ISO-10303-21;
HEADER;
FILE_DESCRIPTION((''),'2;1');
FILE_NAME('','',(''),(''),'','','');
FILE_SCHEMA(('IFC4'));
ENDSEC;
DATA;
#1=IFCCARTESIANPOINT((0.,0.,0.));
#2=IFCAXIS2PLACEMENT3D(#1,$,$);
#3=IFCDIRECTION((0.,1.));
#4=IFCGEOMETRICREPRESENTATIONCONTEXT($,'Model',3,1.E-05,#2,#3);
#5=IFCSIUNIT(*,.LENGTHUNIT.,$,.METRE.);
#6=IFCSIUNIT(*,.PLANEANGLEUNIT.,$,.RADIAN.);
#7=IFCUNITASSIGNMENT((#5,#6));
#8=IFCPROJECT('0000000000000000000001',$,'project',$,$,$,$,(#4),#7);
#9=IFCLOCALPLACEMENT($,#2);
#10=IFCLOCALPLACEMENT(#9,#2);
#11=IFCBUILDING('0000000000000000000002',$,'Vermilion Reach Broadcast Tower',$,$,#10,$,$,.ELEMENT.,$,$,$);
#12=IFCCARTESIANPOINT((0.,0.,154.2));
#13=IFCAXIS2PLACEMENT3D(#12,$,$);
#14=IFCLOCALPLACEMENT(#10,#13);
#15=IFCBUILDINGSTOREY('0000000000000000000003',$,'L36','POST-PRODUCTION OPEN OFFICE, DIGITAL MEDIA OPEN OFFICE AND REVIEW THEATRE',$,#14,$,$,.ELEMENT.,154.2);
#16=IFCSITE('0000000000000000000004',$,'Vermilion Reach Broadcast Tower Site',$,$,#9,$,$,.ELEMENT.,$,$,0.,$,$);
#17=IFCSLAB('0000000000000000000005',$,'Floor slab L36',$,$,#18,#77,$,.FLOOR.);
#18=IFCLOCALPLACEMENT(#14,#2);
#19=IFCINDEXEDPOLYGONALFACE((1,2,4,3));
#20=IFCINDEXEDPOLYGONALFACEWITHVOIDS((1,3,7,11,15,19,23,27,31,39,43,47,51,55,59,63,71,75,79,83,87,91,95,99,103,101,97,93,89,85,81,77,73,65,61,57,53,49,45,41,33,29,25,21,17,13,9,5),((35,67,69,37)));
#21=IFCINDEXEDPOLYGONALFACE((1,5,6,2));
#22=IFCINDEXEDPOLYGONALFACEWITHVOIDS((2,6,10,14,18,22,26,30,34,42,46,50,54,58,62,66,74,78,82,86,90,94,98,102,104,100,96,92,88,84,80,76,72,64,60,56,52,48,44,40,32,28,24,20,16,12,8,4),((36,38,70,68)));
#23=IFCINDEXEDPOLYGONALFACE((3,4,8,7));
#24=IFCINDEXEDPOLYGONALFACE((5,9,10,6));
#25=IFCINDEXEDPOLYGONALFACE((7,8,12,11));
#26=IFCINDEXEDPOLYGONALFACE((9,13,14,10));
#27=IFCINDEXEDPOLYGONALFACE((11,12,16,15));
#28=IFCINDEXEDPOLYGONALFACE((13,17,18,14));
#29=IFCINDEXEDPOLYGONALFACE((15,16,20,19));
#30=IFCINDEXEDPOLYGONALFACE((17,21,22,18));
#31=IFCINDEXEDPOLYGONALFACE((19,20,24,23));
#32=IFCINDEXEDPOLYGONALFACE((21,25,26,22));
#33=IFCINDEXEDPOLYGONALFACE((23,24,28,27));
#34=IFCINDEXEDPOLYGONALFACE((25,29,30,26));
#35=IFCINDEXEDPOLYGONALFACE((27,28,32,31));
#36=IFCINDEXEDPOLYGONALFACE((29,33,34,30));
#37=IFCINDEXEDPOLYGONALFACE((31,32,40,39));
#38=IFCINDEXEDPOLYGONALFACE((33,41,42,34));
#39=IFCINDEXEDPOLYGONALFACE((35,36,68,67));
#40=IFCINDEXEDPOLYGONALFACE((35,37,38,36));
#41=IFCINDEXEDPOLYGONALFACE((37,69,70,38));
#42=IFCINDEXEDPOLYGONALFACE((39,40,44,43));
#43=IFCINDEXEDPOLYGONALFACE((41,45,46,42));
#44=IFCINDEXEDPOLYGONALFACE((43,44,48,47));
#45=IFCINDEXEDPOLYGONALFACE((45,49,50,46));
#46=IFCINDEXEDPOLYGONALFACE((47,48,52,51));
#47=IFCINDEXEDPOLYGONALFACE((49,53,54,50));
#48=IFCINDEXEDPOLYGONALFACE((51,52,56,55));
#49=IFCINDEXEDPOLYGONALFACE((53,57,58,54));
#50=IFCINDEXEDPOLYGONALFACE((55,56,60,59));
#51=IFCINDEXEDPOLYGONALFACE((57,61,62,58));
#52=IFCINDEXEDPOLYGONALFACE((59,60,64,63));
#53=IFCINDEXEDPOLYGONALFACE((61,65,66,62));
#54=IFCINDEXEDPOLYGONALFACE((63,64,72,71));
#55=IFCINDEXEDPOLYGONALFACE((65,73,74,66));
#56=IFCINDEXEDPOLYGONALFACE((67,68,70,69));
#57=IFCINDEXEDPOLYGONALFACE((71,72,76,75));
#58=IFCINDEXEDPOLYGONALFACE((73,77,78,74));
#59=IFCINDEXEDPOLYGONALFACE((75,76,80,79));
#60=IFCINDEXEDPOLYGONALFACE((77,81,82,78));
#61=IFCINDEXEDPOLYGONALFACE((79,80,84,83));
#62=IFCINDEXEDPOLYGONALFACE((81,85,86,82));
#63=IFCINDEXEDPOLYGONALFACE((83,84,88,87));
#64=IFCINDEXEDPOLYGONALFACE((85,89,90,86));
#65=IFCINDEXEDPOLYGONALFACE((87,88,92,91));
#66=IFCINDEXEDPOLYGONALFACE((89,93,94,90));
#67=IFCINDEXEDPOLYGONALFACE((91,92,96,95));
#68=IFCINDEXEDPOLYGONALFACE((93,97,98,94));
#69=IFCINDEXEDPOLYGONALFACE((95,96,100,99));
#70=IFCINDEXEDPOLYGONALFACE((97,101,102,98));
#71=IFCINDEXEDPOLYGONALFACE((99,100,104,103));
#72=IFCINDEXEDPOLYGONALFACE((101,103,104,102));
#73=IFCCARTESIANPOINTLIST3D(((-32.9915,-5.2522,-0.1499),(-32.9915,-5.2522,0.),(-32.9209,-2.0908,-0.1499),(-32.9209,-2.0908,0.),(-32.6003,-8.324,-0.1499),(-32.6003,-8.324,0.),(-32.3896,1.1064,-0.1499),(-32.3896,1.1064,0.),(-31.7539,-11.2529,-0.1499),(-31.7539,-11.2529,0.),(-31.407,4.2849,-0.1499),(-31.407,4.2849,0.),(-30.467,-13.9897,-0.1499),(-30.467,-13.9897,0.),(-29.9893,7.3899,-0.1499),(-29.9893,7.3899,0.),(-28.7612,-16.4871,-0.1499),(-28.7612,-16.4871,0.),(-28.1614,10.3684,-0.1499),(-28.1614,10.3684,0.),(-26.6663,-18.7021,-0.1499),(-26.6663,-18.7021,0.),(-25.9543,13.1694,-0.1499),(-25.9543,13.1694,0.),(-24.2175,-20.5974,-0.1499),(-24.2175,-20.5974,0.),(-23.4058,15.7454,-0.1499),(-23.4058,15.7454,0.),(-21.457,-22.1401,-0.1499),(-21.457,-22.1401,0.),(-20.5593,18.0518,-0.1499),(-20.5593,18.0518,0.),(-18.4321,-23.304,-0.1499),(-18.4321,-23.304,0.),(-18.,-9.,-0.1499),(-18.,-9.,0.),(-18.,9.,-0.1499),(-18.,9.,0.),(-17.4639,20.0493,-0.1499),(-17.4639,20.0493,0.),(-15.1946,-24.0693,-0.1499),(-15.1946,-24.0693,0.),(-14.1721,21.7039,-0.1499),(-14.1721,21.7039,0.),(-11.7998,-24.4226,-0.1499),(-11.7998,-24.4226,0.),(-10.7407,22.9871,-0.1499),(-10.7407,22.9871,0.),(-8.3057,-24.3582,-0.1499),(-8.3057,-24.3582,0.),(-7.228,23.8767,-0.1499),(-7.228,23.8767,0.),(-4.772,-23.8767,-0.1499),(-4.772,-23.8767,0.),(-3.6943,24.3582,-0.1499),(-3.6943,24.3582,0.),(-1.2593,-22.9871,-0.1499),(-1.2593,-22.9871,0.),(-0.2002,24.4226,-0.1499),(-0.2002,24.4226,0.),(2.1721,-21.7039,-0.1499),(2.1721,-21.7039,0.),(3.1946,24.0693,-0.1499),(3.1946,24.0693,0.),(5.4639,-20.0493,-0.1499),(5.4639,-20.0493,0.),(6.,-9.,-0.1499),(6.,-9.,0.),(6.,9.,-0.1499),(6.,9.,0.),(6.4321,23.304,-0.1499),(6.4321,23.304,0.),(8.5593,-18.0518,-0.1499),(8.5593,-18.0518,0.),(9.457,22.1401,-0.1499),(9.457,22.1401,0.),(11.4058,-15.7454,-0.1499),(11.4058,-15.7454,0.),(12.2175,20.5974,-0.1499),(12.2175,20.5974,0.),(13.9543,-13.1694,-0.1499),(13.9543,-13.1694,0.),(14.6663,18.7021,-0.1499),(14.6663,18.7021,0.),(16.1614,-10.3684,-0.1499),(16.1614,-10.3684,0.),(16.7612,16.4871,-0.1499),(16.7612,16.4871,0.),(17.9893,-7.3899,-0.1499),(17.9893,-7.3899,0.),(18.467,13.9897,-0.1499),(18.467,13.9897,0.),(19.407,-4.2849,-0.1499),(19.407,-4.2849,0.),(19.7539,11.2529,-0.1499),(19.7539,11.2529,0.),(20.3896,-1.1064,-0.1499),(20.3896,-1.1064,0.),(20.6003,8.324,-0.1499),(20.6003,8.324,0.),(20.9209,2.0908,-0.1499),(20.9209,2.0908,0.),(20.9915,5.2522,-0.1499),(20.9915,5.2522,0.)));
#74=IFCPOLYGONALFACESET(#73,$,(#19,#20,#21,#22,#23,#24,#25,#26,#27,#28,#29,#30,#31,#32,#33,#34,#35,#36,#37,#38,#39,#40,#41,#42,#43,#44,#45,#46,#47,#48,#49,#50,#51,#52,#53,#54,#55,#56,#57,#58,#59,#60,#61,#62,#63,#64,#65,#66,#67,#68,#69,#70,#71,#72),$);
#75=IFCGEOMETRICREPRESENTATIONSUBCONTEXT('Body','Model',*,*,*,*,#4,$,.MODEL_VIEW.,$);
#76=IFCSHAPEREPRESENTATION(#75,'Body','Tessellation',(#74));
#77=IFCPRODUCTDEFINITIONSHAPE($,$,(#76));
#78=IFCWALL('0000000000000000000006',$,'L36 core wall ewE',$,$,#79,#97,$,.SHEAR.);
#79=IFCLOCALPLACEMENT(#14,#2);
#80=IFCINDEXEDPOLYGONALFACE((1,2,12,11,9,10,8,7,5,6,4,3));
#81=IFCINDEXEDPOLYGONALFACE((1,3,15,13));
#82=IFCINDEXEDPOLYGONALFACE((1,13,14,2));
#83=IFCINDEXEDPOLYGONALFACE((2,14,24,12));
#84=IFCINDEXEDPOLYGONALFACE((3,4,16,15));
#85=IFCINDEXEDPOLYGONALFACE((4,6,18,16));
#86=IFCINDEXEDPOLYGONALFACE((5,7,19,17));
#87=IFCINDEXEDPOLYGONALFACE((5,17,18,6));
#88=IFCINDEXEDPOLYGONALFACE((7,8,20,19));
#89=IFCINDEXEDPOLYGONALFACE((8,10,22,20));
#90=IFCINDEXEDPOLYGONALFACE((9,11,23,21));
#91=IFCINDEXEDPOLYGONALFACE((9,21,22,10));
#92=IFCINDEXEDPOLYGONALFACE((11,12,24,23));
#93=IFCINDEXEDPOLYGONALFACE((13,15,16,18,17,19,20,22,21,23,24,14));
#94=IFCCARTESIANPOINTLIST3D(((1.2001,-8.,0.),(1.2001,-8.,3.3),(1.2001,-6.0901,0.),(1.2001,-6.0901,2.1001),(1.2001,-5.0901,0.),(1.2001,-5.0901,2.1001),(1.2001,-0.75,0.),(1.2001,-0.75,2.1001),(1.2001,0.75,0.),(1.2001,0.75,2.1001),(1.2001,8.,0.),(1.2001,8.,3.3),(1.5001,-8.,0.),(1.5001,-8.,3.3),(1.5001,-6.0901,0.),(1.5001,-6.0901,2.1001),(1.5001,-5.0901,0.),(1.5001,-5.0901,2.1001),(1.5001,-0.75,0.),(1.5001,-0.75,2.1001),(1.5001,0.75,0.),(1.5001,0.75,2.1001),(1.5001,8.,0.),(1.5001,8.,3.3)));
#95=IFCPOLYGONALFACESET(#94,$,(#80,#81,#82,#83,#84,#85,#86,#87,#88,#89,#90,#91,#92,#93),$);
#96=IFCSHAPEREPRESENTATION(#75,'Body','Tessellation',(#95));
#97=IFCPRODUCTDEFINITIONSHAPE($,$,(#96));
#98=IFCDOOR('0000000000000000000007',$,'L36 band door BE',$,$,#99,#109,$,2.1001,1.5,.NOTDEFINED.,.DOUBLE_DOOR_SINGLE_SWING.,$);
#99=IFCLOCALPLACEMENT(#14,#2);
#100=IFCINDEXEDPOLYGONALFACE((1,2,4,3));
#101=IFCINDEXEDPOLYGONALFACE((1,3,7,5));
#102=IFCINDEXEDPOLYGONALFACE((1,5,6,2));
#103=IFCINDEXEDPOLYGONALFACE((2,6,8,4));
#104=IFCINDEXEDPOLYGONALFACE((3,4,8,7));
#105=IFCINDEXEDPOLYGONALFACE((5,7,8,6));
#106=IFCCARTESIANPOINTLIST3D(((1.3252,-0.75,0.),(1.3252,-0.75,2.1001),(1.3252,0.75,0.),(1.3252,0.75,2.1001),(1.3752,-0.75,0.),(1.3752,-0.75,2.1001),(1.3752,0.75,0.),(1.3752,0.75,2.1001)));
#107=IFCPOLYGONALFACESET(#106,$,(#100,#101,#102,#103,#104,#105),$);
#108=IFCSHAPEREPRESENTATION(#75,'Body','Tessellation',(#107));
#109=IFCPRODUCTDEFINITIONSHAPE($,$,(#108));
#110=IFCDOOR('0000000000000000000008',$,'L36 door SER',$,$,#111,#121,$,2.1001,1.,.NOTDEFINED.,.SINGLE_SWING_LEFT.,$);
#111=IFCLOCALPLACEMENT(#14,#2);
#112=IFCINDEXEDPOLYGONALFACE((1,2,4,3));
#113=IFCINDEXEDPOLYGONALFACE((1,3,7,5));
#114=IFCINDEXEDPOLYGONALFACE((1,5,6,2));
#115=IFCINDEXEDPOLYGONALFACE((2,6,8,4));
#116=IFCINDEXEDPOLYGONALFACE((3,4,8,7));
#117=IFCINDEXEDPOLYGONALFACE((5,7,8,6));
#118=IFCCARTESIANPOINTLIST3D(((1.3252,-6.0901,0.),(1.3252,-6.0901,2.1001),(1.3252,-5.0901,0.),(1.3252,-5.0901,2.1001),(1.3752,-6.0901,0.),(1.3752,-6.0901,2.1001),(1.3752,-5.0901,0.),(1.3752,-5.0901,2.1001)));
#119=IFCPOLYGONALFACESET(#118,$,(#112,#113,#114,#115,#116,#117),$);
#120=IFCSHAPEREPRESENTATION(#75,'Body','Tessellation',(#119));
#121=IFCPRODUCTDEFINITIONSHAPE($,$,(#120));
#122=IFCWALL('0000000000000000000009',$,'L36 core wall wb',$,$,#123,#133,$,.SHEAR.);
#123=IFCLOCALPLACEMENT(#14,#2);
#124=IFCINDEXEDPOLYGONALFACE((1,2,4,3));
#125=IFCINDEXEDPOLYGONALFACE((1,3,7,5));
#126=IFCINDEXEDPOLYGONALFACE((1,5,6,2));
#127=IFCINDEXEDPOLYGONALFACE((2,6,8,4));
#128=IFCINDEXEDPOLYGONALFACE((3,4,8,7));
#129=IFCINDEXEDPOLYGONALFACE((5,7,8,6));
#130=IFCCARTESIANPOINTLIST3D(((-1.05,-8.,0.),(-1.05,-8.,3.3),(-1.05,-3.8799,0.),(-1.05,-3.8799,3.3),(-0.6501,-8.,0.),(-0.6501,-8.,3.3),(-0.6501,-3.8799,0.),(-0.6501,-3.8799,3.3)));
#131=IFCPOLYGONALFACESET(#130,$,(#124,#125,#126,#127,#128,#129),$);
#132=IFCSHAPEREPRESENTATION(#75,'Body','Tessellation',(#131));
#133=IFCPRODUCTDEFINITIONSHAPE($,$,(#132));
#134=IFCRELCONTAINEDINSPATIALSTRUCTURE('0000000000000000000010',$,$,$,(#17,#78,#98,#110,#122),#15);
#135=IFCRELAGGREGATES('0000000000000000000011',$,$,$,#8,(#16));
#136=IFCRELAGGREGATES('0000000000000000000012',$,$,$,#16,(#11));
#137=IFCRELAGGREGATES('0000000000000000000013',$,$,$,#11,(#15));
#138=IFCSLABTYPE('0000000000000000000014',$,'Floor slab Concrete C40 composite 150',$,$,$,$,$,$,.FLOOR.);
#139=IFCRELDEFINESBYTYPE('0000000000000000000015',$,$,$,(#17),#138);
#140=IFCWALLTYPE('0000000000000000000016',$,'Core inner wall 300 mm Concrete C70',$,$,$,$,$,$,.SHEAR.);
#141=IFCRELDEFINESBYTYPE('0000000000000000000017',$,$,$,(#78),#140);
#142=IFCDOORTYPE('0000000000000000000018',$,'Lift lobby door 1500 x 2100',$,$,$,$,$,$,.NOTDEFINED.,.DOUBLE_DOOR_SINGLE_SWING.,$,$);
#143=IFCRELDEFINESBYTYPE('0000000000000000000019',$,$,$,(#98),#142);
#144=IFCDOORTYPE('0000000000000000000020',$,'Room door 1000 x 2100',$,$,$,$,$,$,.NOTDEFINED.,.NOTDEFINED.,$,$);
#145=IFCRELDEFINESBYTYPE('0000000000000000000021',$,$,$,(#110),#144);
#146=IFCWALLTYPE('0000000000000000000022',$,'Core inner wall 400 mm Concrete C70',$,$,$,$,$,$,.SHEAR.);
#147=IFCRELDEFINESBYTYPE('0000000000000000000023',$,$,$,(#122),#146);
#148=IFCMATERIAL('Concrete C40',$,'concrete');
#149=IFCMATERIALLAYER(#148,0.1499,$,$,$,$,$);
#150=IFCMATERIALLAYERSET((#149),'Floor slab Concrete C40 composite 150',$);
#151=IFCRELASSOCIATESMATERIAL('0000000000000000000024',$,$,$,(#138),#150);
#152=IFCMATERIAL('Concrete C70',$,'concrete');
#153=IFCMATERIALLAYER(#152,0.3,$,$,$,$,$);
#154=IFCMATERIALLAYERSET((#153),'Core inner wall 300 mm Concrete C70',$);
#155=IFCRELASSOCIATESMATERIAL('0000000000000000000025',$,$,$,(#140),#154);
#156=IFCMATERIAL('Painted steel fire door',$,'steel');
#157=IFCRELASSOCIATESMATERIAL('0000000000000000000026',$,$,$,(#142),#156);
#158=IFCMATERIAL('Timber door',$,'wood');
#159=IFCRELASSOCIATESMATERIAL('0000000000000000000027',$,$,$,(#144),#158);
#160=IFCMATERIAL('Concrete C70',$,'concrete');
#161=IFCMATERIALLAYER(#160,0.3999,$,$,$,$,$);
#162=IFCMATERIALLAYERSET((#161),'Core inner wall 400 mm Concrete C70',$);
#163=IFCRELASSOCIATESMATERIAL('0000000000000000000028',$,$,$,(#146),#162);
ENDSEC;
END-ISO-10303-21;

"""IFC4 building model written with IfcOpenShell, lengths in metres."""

from ifc_helpers import new_model, si_unit, direction, frame, frame_2d, origin, place, context, subcontext, project, spatial, polyline, rectangle, outline, extrude, material, layer, layer_set, type_object, element, fill, save


model = new_model("IFC4")

# Units and contexts
model_context = context("Model", 3, precision=1e-05, world=origin(), true_north=direction((0.0, 1.0)))
body_context = subcontext(model_context, "Body", "Model", "MODEL_VIEW")
ifc_project = project(units=[si_unit("LENGTHUNIT", "METRE"), si_unit("PLANEANGLEUNIT", "RADIAN")], contexts=[model_context])

# Site, building, storey
site_placement = place(None, origin())
site = spatial("IfcSite", under=ifc_project, at=site_placement, Name="Vermilion Reach Broadcast Tower Site", CompositionType="ELEMENT", RefElevation=0.0)
building_placement = place(site_placement, origin())
building = spatial("IfcBuilding", under=site, at=building_placement, Name="Vermilion Reach Broadcast Tower", CompositionType="ELEMENT")
storey_placement = place(building_placement, frame((0.0, 0.0, 154.2)))
storey = spatial("IfcBuildingStorey", under=building, at=storey_placement, Name="L36", Description="POST-PRODUCTION OPEN OFFICE, DIGITAL MEDIA OPEN OFFICE AND REVIEW THEATRE", CompositionType="ELEMENT", Elevation=154.2)

# Slab
ifc_material_1 = material(Name="Concrete C40", Category="concrete")
ifc_layer_1 = layer(ifc_material_1, 0.1499)
ifc_layer_set_1 = layer_set([ifc_layer_1], Name="Floor slab Concrete C40 composite 150")
slab_type_1 = type_object("IfcSlabType", Name="Floor slab Concrete C40 composite 150", PredefinedType="FLOOR", material=ifc_layer_set_1)
slab_1_placement = place(storey_placement, frame((0.0, 0.0, -0.1499)))
element("IfcSlab", 1, at=slab_1_placement, inside=storey, type_object=slab_type_1, Name="Floor slab L36", PredefinedType="FLOOR", context=body_context, shape_type="SweptSolid", body=[
    extrude(outline(polyline([(18.467, 13.9897), (16.7612, 16.4871), (14.6663, 18.7021), (12.2175, 20.5974), (9.457, 22.1401), (6.4321, 23.304), (3.1946, 24.0693), (-0.2002, 24.4226), (-3.6943, 24.3582), (-7.228, 23.8767), (-10.7407, 22.9871), (-14.1721, 21.7039), (-17.4639, 20.0493), (-20.5593, 18.0518), (-23.4058, 15.7454), (-25.9543, 13.1694), (-28.1614, 10.3684), (-29.9893, 7.3899), (-31.407, 4.2849), (-32.3896, 1.1064), (-32.9209, -2.0908), (-32.9915, -5.2522), (-32.6003, -8.324), (-31.7539, -11.2529), (-30.467, -13.9897), (-28.7612, -16.4871), (-26.6663, -18.7021), (-24.2175, -20.5974), (-21.457, -22.1401), (-18.4321, -23.304), (-15.1946, -24.0693), (-11.7998, -24.4226), (-8.3057, -24.3582), (-4.772, -23.8767), (-1.2593, -22.9871), (2.1721, -21.7039), (5.4639, -20.0493), (8.5593, -18.0518), (11.4058, -15.7454), (13.9543, -13.1694), (16.1614, -10.3684), (17.9893, -7.3899), (19.407, -4.2849), (20.3896, -1.1064), (20.9209, 2.0908), (20.9915, 5.2522), (20.6003, 8.324), (19.7539, 11.2529), (18.467, 13.9897)]), holes=[polyline([(-18.0, -9.0), (6.0, -9.0), (6.0, 9.0), (-18.0, 9.0), (-18.0, -9.0)])]), origin(), (0.0, 0.0, 1.0), 0.1499),
])

# Wall, openings, doors
ifc_material_2 = material(Name="Concrete C70", Category="concrete")
ifc_layer_2 = layer(ifc_material_2, 0.3)
ifc_layer_set_2 = layer_set([ifc_layer_2], Name="Core inner wall 300 mm Concrete C70")
wall_type_1 = type_object("IfcWallType", Name="Core inner wall 300 mm Concrete C70", PredefinedType="SHEAR", material=ifc_layer_set_2)
wall_1_placement = place(storey_placement, frame((1.3501, -8.0, 0.0), z_axis=(0.0, 0.0, 1.0), x_axis=(0.0, 1.0, 0.0)))
wall_1 = element("IfcWall", 2, at=wall_1_placement, inside=storey, type_object=wall_type_1, Name="L36 core wall ewE", PredefinedType="SHEAR", context=body_context, shape_type="SweptSolid", body=[
    extrude(rectangle(XDim=16.0, YDim=0.3, at=frame_2d((8.0, 0.0))), origin(), (0.0, 0.0, 1.0), 3.3),
])
opening_1_placement = place(wall_1_placement, frame((1.9099, 0.0, 0.0)))
opening_1 = element("IfcOpeningElement", 3, at=opening_1_placement, cuts=wall_1, PredefinedType="OPENING", context=body_context, shape_type="SweptSolid", body=[
    extrude(rectangle(XDim=1.0, YDim=2.1001, at=frame_2d((0.5, 1.05))), frame((0.0, 0.1599, 0.0), z_axis=(0.0, -1.0, 0.0), x_axis=(1.0, 0.0, 0.0)), (0.0, 0.0, 1.0), 0.3201),
])
opening_2_placement = place(wall_1_placement, frame((7.25, 0.0, 0.0)))
opening_2 = element("IfcOpeningElement", 4, at=opening_2_placement, cuts=wall_1, PredefinedType="OPENING", context=body_context, shape_type="SweptSolid", body=[
    extrude(rectangle(XDim=1.5, YDim=2.1001, at=frame_2d((0.75, 1.05))), frame((0.0, 0.1599, 0.0), z_axis=(0.0, -1.0, 0.0), x_axis=(1.0, 0.0, 0.0)), (0.0, 0.0, 1.0), 0.3201),
])
ifc_material_3 = material(Name="Painted steel fire door", Category="steel")
door_type_1 = type_object("IfcDoorType", Name="Lift lobby door 1500 x 2100", OperationType="DOUBLE_DOOR_SINGLE_SWING", PredefinedType="NOTDEFINED", material=ifc_material_3)
door_1_placement = place(opening_2_placement, origin())
door_1 = element("IfcDoor", 5, at=door_1_placement, inside=storey, type_object=door_type_1, Name="L36 band door BE", OperationType="DOUBLE_DOOR_SINGLE_SWING", OverallHeight=2.1001, OverallWidth=1.5, PredefinedType="NOTDEFINED", context=body_context, shape_type="SweptSolid", body=[
    extrude(rectangle(XDim=1.5, YDim=2.1001, at=frame_2d((0.75, 1.05))), frame((0.0, 0.0249, 0.0), z_axis=(0.0, -1.0, 0.0), x_axis=(1.0, 0.0, 0.0)), (0.0, 0.0, 1.0), 0.05),
])
fill(opening_2, door_1)
ifc_material_4 = material(Name="Timber door", Category="wood")
door_type_2 = type_object("IfcDoorType", Name="Room door 1000 x 2100", OperationType="NOTDEFINED", PredefinedType="NOTDEFINED", material=ifc_material_4)
door_2_placement = place(opening_1_placement, origin())
door_2 = element("IfcDoor", 6, at=door_2_placement, inside=storey, type_object=door_type_2, Name="L36 door SER", OperationType="SINGLE_SWING_LEFT", OverallHeight=2.1001, OverallWidth=1.0, PredefinedType="NOTDEFINED", context=body_context, shape_type="SweptSolid", body=[
    extrude(rectangle(XDim=1.0, YDim=2.1001, at=frame_2d((0.5, 1.05))), frame((0.0, 0.0249, 0.0), z_axis=(0.0, -1.0, 0.0), x_axis=(1.0, 0.0, 0.0)), (0.0, 0.0, 1.0), 0.05),
])
fill(opening_1, door_2)

# Wall
ifc_material_5 = material(Name="Concrete C70", Category="concrete")
ifc_layer_3 = layer(ifc_material_5, 0.3999)
ifc_layer_set_3 = layer_set([ifc_layer_3], Name="Core inner wall 400 mm Concrete C70")
wall_type_2 = type_object("IfcWallType", Name="Core inner wall 400 mm Concrete C70", PredefinedType="SHEAR", material=ifc_layer_set_3)
wall_2_placement = place(storey_placement, frame((-0.8501, -3.8799, 0.0), z_axis=(0.0, 0.0, 1.0), x_axis=(0.0, -1.0, 0.0)))
element("IfcWall", 7, at=wall_2_placement, inside=storey, type_object=wall_type_2, Name="L36 core wall wb", PredefinedType="SHEAR", context=body_context, shape_type="SweptSolid", body=[
    extrude(rectangle(XDim=4.1201, YDim=0.3999, at=frame_2d((2.0601, 0.0))), origin(), (0.0, 0.0, 1.0), 3.3),
])

save(model, "model.ifc")
